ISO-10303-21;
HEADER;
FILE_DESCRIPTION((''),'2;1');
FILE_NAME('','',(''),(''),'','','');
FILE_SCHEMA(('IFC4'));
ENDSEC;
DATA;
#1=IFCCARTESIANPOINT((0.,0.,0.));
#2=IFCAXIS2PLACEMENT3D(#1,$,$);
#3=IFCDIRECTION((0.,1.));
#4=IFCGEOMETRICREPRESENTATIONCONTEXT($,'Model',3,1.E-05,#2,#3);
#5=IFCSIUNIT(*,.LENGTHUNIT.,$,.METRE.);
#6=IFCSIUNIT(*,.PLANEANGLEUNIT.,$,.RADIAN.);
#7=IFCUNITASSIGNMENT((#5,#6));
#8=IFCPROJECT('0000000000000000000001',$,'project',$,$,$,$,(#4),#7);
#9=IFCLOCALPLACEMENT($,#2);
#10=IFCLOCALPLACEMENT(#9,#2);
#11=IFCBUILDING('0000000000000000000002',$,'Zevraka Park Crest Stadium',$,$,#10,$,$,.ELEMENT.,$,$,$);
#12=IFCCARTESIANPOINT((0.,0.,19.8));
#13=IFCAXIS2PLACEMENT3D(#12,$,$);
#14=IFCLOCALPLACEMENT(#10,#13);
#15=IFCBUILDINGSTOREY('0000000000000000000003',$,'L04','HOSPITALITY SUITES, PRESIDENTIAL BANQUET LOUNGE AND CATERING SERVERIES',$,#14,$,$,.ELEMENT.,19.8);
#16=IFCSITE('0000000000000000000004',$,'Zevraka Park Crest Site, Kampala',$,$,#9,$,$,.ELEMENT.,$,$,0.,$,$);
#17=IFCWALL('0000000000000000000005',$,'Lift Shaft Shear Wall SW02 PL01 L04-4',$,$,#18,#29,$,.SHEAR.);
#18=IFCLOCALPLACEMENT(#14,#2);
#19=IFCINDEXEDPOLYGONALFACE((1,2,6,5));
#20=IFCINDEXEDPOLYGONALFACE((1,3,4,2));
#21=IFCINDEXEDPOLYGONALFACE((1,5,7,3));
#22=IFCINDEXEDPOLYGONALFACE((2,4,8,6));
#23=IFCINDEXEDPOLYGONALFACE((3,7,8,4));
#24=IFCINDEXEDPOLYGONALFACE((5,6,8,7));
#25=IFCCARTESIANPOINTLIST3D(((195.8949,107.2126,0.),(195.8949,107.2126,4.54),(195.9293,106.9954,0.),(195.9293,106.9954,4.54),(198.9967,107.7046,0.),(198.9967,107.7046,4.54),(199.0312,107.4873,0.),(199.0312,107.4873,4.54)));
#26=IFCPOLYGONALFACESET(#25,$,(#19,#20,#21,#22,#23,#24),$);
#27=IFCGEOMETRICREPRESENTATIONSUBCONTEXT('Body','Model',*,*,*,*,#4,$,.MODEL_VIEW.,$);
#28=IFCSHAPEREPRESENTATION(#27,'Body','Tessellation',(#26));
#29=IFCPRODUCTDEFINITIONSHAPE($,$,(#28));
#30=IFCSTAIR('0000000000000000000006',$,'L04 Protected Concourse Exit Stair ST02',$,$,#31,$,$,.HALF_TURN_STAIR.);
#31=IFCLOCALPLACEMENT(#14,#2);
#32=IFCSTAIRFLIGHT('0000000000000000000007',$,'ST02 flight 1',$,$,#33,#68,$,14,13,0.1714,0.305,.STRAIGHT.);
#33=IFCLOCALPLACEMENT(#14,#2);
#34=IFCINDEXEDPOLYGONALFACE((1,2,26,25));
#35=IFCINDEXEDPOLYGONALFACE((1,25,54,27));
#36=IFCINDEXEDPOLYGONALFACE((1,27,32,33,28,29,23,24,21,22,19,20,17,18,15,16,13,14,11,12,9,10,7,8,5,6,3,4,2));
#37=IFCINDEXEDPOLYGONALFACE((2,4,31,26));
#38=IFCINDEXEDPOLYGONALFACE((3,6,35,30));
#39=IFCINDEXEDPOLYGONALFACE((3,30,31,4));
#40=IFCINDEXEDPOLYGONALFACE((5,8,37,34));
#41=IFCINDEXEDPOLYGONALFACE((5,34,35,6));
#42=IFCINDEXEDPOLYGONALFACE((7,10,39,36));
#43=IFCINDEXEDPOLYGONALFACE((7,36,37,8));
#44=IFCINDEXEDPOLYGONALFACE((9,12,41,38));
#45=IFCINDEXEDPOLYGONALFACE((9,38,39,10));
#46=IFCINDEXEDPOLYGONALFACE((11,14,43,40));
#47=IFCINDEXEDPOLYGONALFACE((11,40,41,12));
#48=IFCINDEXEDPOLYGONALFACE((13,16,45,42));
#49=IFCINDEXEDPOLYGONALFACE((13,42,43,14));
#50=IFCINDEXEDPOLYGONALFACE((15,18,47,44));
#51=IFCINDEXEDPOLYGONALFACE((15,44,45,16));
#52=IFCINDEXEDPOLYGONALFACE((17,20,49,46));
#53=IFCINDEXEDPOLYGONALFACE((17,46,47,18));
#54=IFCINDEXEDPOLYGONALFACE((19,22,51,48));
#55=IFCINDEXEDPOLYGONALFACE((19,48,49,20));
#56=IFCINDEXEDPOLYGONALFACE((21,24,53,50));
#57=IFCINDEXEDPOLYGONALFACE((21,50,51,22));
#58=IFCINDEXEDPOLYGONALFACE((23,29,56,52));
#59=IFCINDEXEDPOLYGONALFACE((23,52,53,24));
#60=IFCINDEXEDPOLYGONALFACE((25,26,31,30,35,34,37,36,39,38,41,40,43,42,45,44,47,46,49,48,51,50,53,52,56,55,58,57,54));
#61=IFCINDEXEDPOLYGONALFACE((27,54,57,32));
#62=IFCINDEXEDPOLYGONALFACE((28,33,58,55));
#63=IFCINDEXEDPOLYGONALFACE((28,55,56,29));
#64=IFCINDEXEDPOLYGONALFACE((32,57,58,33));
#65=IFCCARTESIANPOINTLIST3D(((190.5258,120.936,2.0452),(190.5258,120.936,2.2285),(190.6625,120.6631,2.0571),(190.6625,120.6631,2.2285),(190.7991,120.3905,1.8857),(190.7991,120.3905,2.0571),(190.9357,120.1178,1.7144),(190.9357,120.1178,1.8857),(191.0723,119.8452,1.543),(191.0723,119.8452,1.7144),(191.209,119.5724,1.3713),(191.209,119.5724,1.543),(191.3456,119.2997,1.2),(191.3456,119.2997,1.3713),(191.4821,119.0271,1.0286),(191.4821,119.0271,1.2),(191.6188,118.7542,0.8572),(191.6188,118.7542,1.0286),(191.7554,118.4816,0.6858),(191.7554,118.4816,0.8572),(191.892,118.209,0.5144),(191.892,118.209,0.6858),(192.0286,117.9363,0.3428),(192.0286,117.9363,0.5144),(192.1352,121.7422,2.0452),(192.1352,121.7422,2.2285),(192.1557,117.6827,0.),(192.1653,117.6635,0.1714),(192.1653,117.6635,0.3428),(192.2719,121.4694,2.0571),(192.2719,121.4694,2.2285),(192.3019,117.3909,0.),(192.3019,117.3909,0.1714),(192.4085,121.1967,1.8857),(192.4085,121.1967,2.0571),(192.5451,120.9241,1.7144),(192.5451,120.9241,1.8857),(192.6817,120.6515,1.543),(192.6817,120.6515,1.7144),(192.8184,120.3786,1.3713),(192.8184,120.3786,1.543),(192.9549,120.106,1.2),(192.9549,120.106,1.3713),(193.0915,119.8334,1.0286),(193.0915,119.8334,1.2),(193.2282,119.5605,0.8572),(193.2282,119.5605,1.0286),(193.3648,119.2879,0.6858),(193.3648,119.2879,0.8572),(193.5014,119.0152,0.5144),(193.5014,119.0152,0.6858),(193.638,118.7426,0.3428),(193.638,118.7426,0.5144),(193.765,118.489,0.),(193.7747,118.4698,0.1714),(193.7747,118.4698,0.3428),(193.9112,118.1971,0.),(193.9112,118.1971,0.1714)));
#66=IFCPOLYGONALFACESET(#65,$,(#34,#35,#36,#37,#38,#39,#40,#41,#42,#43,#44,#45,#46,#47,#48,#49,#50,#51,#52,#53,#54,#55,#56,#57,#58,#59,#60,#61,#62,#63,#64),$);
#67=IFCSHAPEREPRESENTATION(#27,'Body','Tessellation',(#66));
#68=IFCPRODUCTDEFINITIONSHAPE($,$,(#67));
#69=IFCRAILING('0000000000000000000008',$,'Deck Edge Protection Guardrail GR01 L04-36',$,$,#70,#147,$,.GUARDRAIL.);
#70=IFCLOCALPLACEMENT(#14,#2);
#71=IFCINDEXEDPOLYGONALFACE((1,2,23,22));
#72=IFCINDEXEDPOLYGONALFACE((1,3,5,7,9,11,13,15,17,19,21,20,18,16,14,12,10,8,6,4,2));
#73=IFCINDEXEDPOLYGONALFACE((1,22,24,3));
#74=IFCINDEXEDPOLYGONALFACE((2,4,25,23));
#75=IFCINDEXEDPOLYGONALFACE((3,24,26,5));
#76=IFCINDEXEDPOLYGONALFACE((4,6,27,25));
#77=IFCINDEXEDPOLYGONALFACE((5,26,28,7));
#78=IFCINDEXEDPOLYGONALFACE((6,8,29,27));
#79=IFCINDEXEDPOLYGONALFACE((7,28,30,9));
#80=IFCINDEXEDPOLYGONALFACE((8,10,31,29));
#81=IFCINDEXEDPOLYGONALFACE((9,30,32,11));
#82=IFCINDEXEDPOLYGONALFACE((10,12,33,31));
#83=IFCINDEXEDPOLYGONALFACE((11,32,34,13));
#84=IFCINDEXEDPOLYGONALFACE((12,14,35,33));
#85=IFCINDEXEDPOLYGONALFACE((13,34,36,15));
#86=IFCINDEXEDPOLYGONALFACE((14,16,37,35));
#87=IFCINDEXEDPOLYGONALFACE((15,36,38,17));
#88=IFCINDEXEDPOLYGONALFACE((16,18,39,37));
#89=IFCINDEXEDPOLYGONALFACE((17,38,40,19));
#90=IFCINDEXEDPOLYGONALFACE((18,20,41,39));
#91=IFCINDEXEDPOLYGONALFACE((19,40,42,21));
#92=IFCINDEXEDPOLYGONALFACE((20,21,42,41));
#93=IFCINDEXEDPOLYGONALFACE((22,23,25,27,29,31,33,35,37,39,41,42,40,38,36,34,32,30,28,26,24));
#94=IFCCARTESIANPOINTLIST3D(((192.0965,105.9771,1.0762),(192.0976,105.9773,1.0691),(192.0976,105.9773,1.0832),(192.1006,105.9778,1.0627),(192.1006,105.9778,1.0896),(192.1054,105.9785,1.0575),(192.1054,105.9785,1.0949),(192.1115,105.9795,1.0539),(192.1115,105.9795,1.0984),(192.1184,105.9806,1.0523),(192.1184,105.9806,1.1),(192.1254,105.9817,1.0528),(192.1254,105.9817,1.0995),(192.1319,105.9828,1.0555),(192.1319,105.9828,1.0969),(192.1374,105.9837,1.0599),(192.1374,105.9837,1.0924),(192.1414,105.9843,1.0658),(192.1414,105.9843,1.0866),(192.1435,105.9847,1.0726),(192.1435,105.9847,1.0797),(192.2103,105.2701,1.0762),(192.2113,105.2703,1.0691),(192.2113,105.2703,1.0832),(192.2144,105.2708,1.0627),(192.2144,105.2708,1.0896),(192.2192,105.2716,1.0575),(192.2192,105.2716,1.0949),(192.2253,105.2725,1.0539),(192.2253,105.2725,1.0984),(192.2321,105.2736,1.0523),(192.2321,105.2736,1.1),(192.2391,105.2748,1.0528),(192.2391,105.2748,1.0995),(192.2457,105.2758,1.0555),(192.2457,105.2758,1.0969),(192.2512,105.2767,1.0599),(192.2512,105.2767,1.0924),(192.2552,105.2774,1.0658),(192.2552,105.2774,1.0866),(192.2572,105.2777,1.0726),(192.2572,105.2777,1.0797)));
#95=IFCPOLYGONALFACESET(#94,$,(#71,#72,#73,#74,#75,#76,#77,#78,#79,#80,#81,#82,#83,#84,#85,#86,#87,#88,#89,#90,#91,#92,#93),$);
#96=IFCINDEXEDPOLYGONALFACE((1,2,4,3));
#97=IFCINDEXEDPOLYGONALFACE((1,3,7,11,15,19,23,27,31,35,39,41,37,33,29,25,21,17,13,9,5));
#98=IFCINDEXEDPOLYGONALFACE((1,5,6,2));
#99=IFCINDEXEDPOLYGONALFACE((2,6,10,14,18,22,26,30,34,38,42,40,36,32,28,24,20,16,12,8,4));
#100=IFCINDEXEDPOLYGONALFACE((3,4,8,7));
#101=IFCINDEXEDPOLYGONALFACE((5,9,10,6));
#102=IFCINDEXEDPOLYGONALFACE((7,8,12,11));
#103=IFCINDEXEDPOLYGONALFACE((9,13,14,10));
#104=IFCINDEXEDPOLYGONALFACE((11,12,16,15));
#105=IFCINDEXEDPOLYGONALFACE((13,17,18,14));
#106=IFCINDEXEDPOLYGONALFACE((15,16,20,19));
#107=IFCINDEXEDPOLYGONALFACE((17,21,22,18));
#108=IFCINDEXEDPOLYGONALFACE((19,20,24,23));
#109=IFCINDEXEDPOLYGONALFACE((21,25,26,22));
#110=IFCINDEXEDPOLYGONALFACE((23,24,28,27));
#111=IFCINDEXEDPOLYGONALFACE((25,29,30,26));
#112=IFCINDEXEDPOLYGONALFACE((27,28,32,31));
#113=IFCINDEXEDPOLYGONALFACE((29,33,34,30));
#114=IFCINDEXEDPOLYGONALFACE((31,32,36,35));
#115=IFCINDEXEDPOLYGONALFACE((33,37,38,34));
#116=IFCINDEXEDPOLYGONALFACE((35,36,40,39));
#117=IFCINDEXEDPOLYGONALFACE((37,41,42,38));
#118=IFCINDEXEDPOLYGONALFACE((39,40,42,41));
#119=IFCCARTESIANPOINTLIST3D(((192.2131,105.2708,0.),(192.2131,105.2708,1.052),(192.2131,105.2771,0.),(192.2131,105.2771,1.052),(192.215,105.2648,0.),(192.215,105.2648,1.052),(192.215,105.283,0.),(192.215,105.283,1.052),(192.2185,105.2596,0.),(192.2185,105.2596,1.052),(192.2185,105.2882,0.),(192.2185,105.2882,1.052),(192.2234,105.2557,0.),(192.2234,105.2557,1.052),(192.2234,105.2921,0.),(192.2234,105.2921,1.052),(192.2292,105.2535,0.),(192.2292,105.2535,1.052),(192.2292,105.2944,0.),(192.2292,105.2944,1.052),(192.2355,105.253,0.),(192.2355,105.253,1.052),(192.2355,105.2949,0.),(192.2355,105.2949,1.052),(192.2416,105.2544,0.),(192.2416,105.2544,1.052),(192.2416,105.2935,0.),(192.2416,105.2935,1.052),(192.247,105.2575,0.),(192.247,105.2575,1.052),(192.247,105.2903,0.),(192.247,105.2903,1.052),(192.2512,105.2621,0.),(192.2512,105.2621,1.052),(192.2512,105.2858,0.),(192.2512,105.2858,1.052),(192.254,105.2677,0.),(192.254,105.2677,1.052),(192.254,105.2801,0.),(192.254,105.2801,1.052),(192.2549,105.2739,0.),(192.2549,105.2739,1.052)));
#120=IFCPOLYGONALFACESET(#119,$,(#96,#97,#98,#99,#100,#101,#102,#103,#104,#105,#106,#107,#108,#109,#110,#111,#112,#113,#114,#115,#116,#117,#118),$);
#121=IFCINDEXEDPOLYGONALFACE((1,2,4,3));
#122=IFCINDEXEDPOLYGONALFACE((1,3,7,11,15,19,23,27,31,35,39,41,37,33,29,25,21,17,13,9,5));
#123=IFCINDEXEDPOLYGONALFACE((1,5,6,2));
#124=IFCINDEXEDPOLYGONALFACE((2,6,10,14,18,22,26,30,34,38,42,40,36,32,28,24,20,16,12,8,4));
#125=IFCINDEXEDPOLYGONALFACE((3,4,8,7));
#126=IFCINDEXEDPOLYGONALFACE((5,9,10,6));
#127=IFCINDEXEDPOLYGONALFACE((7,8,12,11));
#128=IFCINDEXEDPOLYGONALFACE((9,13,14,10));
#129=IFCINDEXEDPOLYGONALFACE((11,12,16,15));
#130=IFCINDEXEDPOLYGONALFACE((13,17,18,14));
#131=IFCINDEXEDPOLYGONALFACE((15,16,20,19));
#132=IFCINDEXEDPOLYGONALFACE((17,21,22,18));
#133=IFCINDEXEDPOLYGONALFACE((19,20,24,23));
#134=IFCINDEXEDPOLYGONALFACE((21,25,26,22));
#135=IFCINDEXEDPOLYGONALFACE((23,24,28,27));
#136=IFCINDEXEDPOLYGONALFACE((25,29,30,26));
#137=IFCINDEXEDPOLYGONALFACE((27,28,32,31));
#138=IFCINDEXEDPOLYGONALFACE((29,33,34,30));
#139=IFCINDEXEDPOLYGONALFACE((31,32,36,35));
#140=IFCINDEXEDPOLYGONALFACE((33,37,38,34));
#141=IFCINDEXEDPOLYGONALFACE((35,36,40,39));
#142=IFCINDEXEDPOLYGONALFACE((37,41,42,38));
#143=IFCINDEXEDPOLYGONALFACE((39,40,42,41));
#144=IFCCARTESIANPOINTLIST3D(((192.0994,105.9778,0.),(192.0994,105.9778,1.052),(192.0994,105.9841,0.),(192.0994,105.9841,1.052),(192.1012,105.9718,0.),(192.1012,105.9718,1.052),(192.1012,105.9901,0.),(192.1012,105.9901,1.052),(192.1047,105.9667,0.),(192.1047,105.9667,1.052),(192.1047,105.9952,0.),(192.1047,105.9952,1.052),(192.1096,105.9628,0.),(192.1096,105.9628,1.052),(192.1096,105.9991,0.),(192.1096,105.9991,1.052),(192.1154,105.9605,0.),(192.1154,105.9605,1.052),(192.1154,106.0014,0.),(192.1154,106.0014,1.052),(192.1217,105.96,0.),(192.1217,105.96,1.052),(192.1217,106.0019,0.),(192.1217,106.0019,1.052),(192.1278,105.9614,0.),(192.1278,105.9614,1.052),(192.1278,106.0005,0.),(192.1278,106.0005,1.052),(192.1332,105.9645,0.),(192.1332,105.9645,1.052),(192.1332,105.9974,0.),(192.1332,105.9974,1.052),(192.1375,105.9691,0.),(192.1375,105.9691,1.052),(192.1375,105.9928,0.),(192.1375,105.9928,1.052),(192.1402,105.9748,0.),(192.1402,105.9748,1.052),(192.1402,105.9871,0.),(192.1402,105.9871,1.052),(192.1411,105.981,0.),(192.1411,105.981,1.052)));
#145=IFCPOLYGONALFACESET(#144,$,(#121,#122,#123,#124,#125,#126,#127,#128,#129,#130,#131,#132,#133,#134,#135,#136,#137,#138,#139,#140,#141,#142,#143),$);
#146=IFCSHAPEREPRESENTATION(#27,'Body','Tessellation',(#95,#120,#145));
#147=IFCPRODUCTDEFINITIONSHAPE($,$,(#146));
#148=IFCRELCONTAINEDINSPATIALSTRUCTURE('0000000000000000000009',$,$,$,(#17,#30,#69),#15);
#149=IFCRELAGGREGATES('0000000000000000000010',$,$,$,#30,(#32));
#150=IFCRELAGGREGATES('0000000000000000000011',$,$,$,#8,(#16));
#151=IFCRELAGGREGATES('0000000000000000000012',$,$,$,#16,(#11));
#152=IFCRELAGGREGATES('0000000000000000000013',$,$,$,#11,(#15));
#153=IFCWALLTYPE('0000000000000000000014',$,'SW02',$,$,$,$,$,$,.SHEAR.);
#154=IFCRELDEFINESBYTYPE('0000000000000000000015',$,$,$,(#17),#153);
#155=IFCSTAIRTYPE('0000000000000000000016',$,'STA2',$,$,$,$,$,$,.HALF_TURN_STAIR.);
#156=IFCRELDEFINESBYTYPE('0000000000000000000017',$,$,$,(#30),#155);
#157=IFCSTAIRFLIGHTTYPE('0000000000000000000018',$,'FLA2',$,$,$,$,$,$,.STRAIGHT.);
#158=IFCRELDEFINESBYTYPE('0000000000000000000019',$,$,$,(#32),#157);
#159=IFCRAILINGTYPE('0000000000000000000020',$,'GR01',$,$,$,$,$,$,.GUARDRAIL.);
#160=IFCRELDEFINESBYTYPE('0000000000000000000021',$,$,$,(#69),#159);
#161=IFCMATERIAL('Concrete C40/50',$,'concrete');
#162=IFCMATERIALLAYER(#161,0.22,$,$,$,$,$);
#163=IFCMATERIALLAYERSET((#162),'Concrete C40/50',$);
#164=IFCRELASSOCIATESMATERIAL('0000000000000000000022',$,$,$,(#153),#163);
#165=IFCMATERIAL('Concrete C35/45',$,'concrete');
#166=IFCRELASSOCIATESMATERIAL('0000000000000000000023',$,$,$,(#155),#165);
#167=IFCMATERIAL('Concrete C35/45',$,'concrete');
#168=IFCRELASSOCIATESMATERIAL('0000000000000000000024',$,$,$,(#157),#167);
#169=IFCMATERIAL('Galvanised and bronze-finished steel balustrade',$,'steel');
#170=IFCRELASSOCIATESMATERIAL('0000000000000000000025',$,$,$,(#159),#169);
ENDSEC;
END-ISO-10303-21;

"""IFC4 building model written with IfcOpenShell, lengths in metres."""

from ifc_helpers import new_model, si_unit, direction, frame, frame_2d, origin, origin_2d, place, context, subcontext, project, spatial, polyline, rectangle, circle, outline, extrude, material, layer, layer_set, type_object, element, aggregate, save


model = new_model("IFC4")

# Units and contexts
model_context = context("Model", 3, precision=1e-05, world=origin(), true_north=direction((0.0, 1.0)))
body_context = subcontext(model_context, "Body", "Model", "MODEL_VIEW")
ifc_project = project(units=[si_unit("LENGTHUNIT", "METRE"), si_unit("PLANEANGLEUNIT", "RADIAN")], contexts=[model_context])

# Site, building, storey
site_placement = place(None, origin())
site = spatial("IfcSite", under=ifc_project, at=site_placement, Name="Zevraka Park Crest Site, Kampala", CompositionType="ELEMENT", RefElevation=0.0)
building_placement = place(site_placement, origin())
building = spatial("IfcBuilding", under=site, at=building_placement, Name="Zevraka Park Crest Stadium", CompositionType="ELEMENT")
storey_placement = place(building_placement, frame((0.0, 0.0, 19.8)))
storey = spatial("IfcBuildingStorey", under=building, at=storey_placement, Name="L04", Description="HOSPITALITY SUITES, PRESIDENTIAL BANQUET LOUNGE AND CATERING SERVERIES", CompositionType="ELEMENT", Elevation=19.8)

# Shared definitions
ifc_material_1 = material(Name="Concrete C40/50", Category="concrete")
ifc_layer_1 = layer(ifc_material_1, 0.22)
ifc_layer_set_1 = layer_set([ifc_layer_1], Name="Concrete C40/50")
wall_type_1 = type_object("IfcWallType", Name="SW02", PredefinedType="SHEAR", material=ifc_layer_set_1)

# Wall
wall_1_placement = place(storey_placement, frame((195.9121, 107.104, 0.0), z_axis=(0.0, 0.0, 1.0), x_axis=(0.987656, 0.156641, 0.0)))
element("IfcWall", 1, at=wall_1_placement, inside=storey, type_object=wall_type_1, Name="Lift Shaft Shear Wall SW02 PL01 L04-4", PredefinedType="SHEAR", context=body_context, shape_type="SweptSolid", body=[
    extrude(rectangle(XDim=3.1406, YDim=0.22, at=frame_2d((1.5703, 0.0))), origin(), (0.0, 0.0, 1.0), 4.54),
])

# Stair, stair flight
ifc_material_2 = material(Name="Concrete C35/45", Category="concrete")
stair_type = type_object("IfcStairType", Name="STA2", PredefinedType="HALF_TURN_STAIR", material=ifc_material_2)
stair_placement = place(storey_placement, origin())
stair = element("IfcStair", 2, at=stair_placement, inside=storey, type_object=stair_type, Name="L04 Protected Concourse Exit Stair ST02", PredefinedType="HALF_TURN_STAIR")
ifc_material_3 = material(Name="Concrete C35/45", Category="concrete")
stair_flight_type = type_object("IfcStairFlightType", Name="FLA2", PredefinedType="STRAIGHT", material=ifc_material_3)
stair_flight_placement = place(storey_placement, frame((193.1064, 117.7939, 0.0), z_axis=(0.0, 0.0, 1.0), x_axis=(-0.447915, 0.894076, 0.0)))
stair_flight = element("IfcStairFlight", 3, at=stair_flight_placement, type_object=stair_flight_type, Name="ST02 flight 1", NumberOfRisers=14, NumberOfTreads=13, PredefinedType="STRAIGHT", RiserHeight=0.1714, TreadLength=0.305, context=body_context, shape_type="SweptSolid", body=[
    extrude(outline(polyline([(0.0, 0.0), (0.0, 0.1714), (0.3049, 0.1714), (0.3049, 0.3428), (0.6101, 0.3428), (0.6101, 0.5144), (0.915, 0.5144), (0.915, 0.6858), (1.22, 0.6858), (1.22, 0.8572), (1.5249, 0.8572), (1.5249, 1.0286), (1.8301, 1.0286), (1.8301, 1.2), (2.135, 1.2), (2.135, 1.3713), (2.4399, 1.3713), (2.4399, 1.543), (2.7451, 1.543), (2.7451, 1.7144), (3.05, 1.7144), (3.05, 1.8857), (3.355, 1.8857), (3.355, 2.0571), (3.6599, 2.0571), (3.6599, 2.2285), (3.9651, 2.2285), (3.9651, 2.3999), (3.9651, 2.0452), (0.3264, 0.0), (0.0, 0.0)])), frame((0.0, 0.8999, 0.0), z_axis=(0.0, -1.0, 0.0), x_axis=(1.0, 0.0, 0.0)), (0.0, 0.0, 1.0), 1.8),
])
aggregate(stair, [stair_flight])

# Railing
ifc_material_4 = material(Name="Galvanised and bronze-finished steel balustrade", Category="steel")
railing_type_1 = type_object("IfcRailingType", Name="GR01", PredefinedType="GUARDRAIL", material=ifc_material_4)
railing_1_placement = place(storey_placement, frame((192.2339, 105.2739, 0.0)))
element("IfcRailing", 4, at=railing_1_placement, inside=storey, type_object=railing_type_1, Name="Deck Edge Protection Guardrail GR01 L04-36", PredefinedType="GUARDRAIL", context=body_context, shape_type="SweptSolid", body=[
    extrude(circle(Radius=0.0239, at=origin_2d()), frame((0.0, 0.0, 1.0762), z_axis=(-0.158868, 0.9873, 0.0), x_axis=(-0.9873, -0.158868, 0.0)), (0.0, 0.0, 1.0), 0.7161),
    extrude(circle(Radius=0.021, at=origin_2d()), origin(), (0.0, 0.0, 1.0), 1.052),
    extrude(circle(Radius=0.021, at=origin_2d()), frame((-0.1138, 0.707, 0.0)), (0.0, 0.0, 1.0), 1.052),
])

save(model, "model.ifc")
